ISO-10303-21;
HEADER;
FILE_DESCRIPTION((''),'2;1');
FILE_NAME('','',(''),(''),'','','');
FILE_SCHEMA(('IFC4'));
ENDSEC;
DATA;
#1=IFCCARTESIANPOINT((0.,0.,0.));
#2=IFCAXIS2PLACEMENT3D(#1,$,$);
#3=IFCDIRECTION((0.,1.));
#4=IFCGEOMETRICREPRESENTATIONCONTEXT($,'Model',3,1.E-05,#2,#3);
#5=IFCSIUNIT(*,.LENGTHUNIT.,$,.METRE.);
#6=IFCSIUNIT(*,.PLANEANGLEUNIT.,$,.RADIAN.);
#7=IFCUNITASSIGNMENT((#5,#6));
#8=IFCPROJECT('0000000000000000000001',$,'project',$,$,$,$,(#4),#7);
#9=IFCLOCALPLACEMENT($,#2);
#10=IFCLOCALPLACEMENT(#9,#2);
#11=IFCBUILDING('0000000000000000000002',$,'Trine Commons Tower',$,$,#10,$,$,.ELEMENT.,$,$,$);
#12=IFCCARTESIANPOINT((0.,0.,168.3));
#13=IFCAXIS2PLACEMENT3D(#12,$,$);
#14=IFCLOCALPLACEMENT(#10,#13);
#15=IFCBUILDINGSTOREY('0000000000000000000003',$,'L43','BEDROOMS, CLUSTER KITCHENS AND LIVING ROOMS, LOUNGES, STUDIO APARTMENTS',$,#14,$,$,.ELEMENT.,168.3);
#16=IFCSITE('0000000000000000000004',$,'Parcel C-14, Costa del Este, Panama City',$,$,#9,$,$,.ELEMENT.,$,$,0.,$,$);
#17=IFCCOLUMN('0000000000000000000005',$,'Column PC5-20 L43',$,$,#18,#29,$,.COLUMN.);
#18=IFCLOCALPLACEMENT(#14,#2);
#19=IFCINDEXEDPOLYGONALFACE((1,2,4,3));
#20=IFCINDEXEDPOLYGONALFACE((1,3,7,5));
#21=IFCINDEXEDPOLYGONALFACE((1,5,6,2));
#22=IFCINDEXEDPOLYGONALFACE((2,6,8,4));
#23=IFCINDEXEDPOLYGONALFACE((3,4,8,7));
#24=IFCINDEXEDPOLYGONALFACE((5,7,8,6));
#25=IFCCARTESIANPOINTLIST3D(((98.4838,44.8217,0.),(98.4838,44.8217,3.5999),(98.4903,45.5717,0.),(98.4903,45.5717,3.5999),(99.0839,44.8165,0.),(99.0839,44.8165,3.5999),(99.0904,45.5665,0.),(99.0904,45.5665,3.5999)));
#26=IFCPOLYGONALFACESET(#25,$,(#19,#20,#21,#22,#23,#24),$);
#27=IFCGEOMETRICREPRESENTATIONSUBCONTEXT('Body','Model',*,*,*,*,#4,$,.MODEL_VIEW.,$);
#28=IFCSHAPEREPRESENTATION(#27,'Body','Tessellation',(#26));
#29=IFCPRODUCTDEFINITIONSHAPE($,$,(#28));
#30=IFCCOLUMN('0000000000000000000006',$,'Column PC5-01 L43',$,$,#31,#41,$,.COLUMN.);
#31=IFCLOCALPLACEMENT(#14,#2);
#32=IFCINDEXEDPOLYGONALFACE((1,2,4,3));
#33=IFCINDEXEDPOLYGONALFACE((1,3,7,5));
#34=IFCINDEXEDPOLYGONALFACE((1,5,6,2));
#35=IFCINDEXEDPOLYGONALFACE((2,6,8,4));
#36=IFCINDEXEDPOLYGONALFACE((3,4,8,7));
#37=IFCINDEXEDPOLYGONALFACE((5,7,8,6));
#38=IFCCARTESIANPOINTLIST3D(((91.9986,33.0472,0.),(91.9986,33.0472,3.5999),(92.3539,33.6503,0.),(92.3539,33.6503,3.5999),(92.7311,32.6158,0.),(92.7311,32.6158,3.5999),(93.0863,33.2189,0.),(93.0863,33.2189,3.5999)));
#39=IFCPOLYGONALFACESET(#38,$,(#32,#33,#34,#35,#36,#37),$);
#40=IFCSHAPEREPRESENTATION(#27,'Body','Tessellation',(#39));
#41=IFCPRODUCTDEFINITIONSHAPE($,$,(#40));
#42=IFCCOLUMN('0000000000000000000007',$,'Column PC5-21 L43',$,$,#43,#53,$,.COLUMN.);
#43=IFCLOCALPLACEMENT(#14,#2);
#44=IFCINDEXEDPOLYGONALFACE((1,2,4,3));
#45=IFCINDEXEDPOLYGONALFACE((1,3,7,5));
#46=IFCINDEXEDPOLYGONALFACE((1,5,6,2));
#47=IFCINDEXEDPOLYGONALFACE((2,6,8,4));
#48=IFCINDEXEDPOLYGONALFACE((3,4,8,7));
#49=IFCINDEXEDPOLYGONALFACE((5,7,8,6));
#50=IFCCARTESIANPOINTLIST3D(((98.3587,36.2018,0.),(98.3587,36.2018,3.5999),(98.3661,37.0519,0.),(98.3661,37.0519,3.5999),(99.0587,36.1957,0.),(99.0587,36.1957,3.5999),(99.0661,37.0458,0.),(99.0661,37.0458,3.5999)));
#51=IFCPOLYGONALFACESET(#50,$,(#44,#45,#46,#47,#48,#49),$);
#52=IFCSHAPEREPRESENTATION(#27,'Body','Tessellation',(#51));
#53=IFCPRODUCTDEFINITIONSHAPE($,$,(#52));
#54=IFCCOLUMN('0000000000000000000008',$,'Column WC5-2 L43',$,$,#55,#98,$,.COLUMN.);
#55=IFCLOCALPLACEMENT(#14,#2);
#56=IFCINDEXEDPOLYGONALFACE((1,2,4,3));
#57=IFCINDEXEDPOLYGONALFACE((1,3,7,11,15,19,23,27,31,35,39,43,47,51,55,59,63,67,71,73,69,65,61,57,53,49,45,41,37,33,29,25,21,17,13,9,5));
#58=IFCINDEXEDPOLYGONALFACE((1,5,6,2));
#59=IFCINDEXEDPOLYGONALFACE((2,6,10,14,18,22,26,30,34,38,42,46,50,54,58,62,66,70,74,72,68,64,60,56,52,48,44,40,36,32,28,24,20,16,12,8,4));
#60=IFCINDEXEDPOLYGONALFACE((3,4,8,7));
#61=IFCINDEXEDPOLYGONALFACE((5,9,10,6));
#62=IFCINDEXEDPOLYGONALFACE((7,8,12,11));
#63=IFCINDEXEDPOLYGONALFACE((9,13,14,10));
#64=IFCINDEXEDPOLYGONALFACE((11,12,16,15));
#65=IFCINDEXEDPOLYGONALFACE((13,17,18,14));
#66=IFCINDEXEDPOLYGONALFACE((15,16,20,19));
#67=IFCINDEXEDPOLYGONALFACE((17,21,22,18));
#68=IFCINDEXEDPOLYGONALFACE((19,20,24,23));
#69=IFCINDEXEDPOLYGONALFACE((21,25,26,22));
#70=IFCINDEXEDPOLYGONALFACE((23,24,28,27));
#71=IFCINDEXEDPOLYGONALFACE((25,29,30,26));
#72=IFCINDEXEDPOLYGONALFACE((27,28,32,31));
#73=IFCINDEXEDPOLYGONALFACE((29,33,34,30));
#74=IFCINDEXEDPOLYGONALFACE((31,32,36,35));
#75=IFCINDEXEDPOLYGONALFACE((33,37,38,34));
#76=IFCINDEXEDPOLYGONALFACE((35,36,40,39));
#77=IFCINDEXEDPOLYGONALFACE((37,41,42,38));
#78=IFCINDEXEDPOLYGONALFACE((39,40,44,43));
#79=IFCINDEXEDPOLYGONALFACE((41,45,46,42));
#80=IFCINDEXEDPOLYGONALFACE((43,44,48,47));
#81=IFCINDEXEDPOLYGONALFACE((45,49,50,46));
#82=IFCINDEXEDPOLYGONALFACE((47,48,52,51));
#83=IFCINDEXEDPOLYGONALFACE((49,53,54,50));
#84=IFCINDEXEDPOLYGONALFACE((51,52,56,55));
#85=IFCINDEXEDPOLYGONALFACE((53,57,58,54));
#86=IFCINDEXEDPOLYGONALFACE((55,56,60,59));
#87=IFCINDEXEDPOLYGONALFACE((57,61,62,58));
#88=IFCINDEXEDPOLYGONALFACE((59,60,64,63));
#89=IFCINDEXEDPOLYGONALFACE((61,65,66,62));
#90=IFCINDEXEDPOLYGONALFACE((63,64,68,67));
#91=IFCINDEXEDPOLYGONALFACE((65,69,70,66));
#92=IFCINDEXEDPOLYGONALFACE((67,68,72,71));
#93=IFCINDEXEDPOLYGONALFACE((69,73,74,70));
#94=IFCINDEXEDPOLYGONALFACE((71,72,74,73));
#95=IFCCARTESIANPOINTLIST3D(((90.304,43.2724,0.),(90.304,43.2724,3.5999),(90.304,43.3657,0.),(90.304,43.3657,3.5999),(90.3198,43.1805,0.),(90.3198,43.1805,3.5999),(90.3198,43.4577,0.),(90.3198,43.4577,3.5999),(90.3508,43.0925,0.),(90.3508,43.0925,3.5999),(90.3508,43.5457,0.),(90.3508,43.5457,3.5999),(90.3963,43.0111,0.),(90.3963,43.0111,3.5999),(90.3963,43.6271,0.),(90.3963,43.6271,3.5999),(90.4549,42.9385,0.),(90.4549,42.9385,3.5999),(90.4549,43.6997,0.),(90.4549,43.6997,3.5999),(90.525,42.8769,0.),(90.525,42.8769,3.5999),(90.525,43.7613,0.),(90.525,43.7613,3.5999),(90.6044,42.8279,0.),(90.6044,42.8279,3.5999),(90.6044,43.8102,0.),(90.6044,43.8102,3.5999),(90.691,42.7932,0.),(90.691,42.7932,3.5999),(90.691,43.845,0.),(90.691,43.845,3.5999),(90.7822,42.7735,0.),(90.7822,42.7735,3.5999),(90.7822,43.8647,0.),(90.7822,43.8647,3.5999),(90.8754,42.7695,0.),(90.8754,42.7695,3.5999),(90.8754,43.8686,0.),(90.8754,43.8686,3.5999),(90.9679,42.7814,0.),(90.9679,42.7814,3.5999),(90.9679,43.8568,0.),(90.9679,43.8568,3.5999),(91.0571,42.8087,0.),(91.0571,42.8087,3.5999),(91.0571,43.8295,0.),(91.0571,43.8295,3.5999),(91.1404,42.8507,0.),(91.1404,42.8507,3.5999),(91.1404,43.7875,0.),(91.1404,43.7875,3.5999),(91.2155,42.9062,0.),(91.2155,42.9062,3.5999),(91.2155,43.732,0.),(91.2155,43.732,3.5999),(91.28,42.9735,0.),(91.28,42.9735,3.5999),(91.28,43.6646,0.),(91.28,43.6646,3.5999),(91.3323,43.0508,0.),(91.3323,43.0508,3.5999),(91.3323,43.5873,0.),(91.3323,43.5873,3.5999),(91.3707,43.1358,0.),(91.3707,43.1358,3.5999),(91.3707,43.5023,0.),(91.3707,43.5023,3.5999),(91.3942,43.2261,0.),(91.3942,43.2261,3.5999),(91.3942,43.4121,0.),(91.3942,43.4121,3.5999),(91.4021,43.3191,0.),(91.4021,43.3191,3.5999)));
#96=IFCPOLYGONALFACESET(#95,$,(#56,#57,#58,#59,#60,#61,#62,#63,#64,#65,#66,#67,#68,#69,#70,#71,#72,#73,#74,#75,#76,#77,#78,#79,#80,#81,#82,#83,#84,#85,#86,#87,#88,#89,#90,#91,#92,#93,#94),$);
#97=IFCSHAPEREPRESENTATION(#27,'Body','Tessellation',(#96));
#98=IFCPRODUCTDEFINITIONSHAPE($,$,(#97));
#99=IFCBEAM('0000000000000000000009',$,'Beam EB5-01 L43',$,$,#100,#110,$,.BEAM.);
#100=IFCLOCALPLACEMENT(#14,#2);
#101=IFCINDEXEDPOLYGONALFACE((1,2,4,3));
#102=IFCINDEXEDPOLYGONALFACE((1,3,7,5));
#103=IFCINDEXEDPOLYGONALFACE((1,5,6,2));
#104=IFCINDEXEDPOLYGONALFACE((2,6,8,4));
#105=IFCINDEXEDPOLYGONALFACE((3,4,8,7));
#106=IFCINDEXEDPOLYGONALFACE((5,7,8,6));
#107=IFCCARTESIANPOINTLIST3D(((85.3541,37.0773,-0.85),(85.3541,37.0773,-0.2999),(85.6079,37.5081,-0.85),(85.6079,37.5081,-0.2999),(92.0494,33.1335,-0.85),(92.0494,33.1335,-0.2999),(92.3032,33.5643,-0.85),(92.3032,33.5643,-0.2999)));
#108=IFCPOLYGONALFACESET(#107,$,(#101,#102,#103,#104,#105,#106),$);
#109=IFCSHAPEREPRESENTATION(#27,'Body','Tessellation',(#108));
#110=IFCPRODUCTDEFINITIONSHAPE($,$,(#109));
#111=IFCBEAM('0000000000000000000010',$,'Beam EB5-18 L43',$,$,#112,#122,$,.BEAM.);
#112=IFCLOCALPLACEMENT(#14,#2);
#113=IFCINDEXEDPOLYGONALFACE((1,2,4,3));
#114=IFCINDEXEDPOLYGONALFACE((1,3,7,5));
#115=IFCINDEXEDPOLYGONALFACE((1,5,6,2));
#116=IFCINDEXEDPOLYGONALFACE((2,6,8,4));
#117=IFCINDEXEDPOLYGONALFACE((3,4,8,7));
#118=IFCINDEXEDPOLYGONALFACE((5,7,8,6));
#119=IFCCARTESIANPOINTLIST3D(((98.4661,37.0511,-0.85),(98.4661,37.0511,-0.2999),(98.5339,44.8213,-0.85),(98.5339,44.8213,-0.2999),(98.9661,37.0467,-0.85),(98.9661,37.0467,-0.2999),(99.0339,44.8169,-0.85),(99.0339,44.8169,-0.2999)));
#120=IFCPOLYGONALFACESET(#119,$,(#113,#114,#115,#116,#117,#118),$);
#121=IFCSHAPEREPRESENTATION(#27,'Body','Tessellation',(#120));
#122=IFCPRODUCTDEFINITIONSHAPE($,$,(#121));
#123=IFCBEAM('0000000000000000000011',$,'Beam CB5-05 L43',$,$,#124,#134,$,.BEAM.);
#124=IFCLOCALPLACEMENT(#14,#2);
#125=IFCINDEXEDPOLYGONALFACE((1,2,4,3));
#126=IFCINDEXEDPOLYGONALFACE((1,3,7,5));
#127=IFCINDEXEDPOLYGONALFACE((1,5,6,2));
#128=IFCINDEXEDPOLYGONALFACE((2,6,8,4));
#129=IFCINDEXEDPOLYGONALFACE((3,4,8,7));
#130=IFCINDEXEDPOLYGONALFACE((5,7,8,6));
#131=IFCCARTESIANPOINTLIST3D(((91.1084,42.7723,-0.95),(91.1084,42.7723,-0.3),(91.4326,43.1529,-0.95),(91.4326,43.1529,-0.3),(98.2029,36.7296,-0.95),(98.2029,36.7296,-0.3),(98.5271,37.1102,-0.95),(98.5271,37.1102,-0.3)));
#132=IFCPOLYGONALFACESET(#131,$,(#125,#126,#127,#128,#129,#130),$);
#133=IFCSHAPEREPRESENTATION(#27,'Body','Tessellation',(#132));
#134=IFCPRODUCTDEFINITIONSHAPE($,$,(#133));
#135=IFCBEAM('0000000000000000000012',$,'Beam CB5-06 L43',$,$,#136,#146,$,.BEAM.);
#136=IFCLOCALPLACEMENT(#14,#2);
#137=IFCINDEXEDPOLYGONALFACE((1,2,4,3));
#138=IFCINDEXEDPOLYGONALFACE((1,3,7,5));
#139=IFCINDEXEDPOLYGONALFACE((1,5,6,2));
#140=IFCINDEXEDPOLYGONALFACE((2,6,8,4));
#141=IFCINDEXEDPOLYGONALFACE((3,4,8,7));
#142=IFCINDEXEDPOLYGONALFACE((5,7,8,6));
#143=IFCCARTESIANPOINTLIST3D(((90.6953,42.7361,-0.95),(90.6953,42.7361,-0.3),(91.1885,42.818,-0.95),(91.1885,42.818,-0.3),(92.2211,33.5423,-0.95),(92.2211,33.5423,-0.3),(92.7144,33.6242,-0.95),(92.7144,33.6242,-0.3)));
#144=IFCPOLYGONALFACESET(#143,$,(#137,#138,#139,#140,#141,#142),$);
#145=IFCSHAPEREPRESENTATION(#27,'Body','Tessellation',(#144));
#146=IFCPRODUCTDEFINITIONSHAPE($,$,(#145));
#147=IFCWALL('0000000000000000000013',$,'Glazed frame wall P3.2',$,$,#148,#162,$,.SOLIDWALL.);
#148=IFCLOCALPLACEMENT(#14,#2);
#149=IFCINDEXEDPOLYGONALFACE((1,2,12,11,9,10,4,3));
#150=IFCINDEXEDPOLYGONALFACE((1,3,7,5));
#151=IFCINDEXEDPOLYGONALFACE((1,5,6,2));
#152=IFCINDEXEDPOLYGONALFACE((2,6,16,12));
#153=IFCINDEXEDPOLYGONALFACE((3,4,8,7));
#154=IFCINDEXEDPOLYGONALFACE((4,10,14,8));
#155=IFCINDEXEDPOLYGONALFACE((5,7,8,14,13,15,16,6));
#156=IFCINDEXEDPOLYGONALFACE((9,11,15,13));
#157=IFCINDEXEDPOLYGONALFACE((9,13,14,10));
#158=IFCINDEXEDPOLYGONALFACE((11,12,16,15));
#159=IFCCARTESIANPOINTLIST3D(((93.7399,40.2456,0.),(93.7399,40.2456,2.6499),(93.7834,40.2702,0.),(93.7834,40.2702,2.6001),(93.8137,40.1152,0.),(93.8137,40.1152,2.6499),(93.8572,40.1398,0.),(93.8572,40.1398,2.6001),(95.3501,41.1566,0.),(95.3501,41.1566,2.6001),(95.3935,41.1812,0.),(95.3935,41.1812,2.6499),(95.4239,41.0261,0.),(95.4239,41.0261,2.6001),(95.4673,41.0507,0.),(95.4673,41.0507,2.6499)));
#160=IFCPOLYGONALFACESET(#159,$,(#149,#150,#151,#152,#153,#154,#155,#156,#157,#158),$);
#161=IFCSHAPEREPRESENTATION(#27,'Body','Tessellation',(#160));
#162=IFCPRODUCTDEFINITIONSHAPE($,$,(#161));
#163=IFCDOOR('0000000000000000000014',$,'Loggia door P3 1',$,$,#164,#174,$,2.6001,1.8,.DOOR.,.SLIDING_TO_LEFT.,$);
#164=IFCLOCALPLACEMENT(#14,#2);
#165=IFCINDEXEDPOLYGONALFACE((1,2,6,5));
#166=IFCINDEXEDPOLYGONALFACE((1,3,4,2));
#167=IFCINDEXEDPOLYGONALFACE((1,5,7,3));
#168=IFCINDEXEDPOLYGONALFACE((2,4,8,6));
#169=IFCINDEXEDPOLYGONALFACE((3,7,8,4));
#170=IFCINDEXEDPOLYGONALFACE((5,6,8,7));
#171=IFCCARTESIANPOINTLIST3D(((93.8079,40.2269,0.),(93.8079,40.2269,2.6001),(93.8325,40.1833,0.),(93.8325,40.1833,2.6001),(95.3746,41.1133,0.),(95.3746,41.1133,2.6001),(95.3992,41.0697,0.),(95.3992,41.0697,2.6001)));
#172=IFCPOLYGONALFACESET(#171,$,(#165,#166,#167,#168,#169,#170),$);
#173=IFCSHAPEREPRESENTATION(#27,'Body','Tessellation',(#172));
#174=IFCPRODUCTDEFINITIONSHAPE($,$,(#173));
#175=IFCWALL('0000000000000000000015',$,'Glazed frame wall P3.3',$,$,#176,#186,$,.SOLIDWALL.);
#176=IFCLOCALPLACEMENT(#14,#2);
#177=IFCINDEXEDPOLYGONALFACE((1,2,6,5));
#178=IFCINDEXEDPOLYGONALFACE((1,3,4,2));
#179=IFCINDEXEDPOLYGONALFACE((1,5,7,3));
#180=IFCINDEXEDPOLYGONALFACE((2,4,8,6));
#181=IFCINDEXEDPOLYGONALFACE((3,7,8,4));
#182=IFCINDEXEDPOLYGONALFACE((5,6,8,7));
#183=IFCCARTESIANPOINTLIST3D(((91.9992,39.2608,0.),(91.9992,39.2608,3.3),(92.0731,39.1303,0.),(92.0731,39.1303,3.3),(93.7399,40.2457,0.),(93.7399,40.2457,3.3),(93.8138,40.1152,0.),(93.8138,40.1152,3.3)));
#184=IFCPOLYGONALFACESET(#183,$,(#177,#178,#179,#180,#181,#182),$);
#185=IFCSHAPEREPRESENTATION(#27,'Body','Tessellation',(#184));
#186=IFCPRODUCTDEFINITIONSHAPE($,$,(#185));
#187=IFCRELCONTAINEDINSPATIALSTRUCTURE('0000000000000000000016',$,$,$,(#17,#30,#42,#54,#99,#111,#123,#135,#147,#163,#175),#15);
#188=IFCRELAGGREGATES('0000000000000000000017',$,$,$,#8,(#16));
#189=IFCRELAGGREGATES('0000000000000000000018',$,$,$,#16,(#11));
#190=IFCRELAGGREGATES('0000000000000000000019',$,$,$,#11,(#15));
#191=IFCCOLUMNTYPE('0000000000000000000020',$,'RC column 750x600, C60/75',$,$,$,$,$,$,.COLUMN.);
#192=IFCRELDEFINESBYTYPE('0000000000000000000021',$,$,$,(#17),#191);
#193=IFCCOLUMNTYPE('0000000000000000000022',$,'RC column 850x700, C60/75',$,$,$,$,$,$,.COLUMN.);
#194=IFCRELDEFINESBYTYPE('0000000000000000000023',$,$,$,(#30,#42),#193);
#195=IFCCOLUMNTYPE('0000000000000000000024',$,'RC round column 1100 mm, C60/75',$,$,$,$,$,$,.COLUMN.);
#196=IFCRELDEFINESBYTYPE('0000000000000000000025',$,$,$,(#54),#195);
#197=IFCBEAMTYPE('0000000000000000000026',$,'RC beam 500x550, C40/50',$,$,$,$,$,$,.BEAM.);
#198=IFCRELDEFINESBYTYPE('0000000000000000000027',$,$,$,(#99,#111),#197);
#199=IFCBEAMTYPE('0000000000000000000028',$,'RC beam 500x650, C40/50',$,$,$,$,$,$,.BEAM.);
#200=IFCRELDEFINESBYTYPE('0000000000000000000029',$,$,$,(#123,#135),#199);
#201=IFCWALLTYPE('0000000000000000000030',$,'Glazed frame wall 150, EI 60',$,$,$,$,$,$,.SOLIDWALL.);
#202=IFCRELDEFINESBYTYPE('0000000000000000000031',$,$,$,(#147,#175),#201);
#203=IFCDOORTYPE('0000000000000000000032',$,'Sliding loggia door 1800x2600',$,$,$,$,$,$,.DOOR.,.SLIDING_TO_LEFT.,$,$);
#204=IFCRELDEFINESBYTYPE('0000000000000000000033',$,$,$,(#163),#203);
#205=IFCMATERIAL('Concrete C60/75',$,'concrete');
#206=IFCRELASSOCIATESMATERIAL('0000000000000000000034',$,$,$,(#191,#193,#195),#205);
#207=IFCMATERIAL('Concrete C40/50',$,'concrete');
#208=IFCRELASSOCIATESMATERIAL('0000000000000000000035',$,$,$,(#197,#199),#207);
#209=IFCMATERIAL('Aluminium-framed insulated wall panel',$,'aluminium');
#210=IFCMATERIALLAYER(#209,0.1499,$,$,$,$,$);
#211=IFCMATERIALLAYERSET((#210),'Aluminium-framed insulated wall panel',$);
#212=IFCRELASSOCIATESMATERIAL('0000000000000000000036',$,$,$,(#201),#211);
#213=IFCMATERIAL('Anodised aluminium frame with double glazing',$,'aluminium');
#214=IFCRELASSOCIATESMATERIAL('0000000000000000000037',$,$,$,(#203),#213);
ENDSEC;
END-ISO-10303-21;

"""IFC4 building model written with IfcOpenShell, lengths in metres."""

from ifc_helpers import new_model, si_unit, direction, frame, frame_2d, origin, origin_2d, place, context, subcontext, project, spatial, polyline, rectangle, circle, outline, extrude, material, layer, layer_set, material_profile, profile_set, type_object, element, fill, save


model = new_model("IFC4")

# Units and contexts
model_context = context("Model", 3, precision=1e-05, world=origin(), true_north=direction((0.0, 1.0)))
body_context = subcontext(model_context, "Body", "Model", "MODEL_VIEW")
ifc_project = project(units=[si_unit("LENGTHUNIT", "METRE"), si_unit("PLANEANGLEUNIT", "RADIAN")], contexts=[model_context])

# Site, building, storey
site_placement = place(None, origin())
site = spatial("IfcSite", under=ifc_project, at=site_placement, Name="Parcel C-14, Costa del Este, Panama City", CompositionType="ELEMENT", RefElevation=0.0)
building_placement = place(site_placement, origin())
building = spatial("IfcBuilding", under=site, at=building_placement, Name="Trine Commons Tower", CompositionType="ELEMENT")
storey_placement = place(building_placement, frame((0.0, 0.0, 168.3)))
storey = spatial("IfcBuildingStorey", under=building, at=storey_placement, Name="L43", Description="BEDROOMS, CLUSTER KITCHENS AND LIVING ROOMS, LOUNGES, STUDIO APARTMENTS", CompositionType="ELEMENT", Elevation=168.3)

# Columns
ifc_material_1 = material(Name="Concrete C60/75", Category="concrete")
ifc_material_profile_1 = material_profile(ifc_material_1, rectangle(XDim=0.75, YDim=0.6001, at=origin_2d()), Name="RC 750x600")
ifc_profile_set_1 = profile_set([ifc_material_profile_1], Name="Concrete C60/75")
column_type_1 = type_object("IfcColumnType", Name="RC column 750x600, C60/75", PredefinedType="COLUMN", material=ifc_profile_set_1)
column_1_placement = place(storey_placement, frame((98.7871, 45.1941, 0.0), z_axis=(0.0, 0.0, 1.0), x_axis=(0.008727, 0.999962, 0.0)))
element("IfcColumn", 1, at=column_1_placement, inside=storey, type_object=column_type_1, Name="Column PC5-20 L43", PredefinedType="COLUMN", context=body_context, shape_type="SweptSolid", body=[
    extrude(rectangle(XDim=0.75, YDim=0.6001, at=origin_2d()), origin(), (0.0, 0.0, 1.0), 3.5999),
])
ifc_material_profile_2 = material_profile(ifc_material_1, rectangle(XDim=0.8501, YDim=0.7, at=origin_2d()), Name="RC 850x700")
ifc_profile_set_2 = profile_set([ifc_material_profile_2], Name="Concrete C60/75")
column_type_2 = type_object("IfcColumnType", Name="RC column 850x700, C60/75", PredefinedType="COLUMN", material=ifc_profile_set_2)
for number, where, z_axis, x_axis, name in (
    (2, (92.5425, 33.1331, 0.0), (0.0, 0.0, 1.0), (-0.861629, 0.507538, 0.0), "Column PC5-01 L43"),
    (3, (98.7124, 36.6238, 0.0), (0.0, 0.0, 1.0), (0.008727, 0.999962, 0.0), "Column PC5-21 L43"),
):
    element("IfcColumn", number, at=place(storey_placement, frame(where, z_axis=z_axis, x_axis=x_axis)), inside=storey, type_object=column_type_2, Name=name, PredefinedType="COLUMN", context=body_context, shape_type="SweptSolid", body=[
        extrude(rectangle(XDim=0.8501, YDim=0.7, at=origin_2d()), origin(), (0.0, 0.0, 1.0), 3.5999),
    ])
ifc_material_profile_3 = material_profile(ifc_material_1, circle(Radius=0.55, at=origin_2d()), Name="RC round 1100")
ifc_profile_set_3 = profile_set([ifc_material_profile_3], Name="Concrete C60/75")
column_type_3 = type_object("IfcColumnType", Name="RC round column 1100 mm, C60/75", PredefinedType="COLUMN", material=ifc_profile_set_3)
column_2_placement = place(storey_placement, frame((90.8521, 43.3191, 0.0), z_axis=(0.0, 0.0, 1.0), x_axis=(1.0, 0.0, 0.0)))
element("IfcColumn", 4, at=column_2_placement, inside=storey, type_object=column_type_3, Name="Column WC5-2 L43", PredefinedType="COLUMN", context=body_context, shape_type="SweptSolid", body=[
    extrude(circle(Radius=0.55, at=origin_2d()), origin(), (0.0, 0.0, 1.0), 3.5999),
])

# Beams
ifc_material_2 = material(Name="Concrete C40/50", Category="concrete")
ifc_material_profile_4 = material_profile(ifc_material_2, rectangle(XDim=0.5, YDim=0.55, at=origin_2d()), Name="RC 500x550")
ifc_profile_set_4 = profile_set([ifc_material_profile_4], Name="Concrete C40/50")
beam_type_1 = type_object("IfcBeamType", Name="RC beam 500x550, C40/50", PredefinedType="BEAM", material=ifc_profile_set_4)
for number, where, z_axis, x_axis, name in (
    (5, (92.1763, 33.3489, -0.575), (-0.861629, 0.507539, 0.0), (-0.507539, -0.861629, 0.0), "Beam EB5-01 L43"),
    (6, (98.7839, 44.8191, -0.575), (-0.008734, -0.999962, 0.0), (0.999962, -0.008734, 0.0), "Beam EB5-18 L43"),
):
    element("IfcBeam", number, at=place(storey_placement, frame(where, z_axis=z_axis, x_axis=x_axis)), inside=storey, type_object=beam_type_1, Name=name, PredefinedType="BEAM", context=body_context, shape_type="SweptSolid", body=[
        extrude(rectangle(XDim=0.5, YDim=0.55, at=origin_2d()), origin(), (0.0, 0.0, 1.0), 7.7705),
    ])
ifc_material_profile_5 = material_profile(ifc_material_2, rectangle(XDim=0.5, YDim=0.6499, at=origin_2d()), Name="RC 500x650")
ifc_profile_set_5 = profile_set([ifc_material_profile_5], Name="Concrete C40/50")
beam_type_2 = type_object("IfcBeamType", Name="RC beam 500x650, C40/50", PredefinedType="BEAM", material=ifc_profile_set_5)
beam_1_placement = place(storey_placement, frame((98.365, 36.9199, -0.625), z_axis=(-0.761282, 0.648421, 0.0), x_axis=(-0.648421, -0.761282, 0.0)))
element("IfcBeam", 7, at=beam_1_placement, inside=storey, type_object=beam_type_2, Name="Beam CB5-05 L43", PredefinedType="BEAM", context=body_context, shape_type="SweptSolid", body=[
    extrude(rectangle(XDim=0.5, YDim=0.6499, at=origin_2d()), origin(), (0.0, 0.0, 1.0), 9.3191),
])
beam_2_placement = place(storey_placement, frame((92.4678, 33.5833, -0.625), z_axis=(-0.163728, 0.986506, 0.0), x_axis=(-0.986506, -0.163728, 0.0)))
element("IfcBeam", 8, at=beam_2_placement, inside=storey, type_object=beam_type_2, Name="Beam CB5-06 L43", PredefinedType="BEAM", context=body_context, shape_type="SweptSolid", body=[
    extrude(rectangle(XDim=0.5, YDim=0.6499, at=origin_2d()), origin(), (0.0, 0.0, 1.0), 9.3196),
])

# Shared definitions
ifc_material_3 = material(Name="Aluminium-framed insulated wall panel", Category="aluminium")
ifc_layer_1 = layer(ifc_material_3, 0.1499)
ifc_layer_set_1 = layer_set([ifc_layer_1], Name="Aluminium-framed insulated wall panel")
wall_type_1 = type_object("IfcWallType", Name="Glazed frame wall 150, EI 60", PredefinedType="SOLIDWALL", material=ifc_layer_set_1)

# Wall, opening, door
wall_1_placement = place(storey_placement, frame((95.4304, 41.116, 0.0), z_axis=(0.0, 0.0, 1.0), x_axis=(-0.870355, -0.492426, 0.0)))
wall_1 = element("IfcWall", 9, at=wall_1_placement, inside=storey, type_object=wall_type_1, Name="Glazed frame wall P3.2", PredefinedType="SOLIDWALL", context=body_context, shape_type="SweptSolid", body=[
    extrude(outline(polyline([(0.0, -0.075), (1.8999, -0.075), (1.8999, 0.075), (0.0, 0.075), (0.0, -0.075)])), origin(), (0.0, 0.0, 1.0), 2.6499),
])
opening_1_placement = place(wall_1_placement, frame((0.05, 0.0, 0.0)))
opening_1 = element("IfcOpeningElement", 10, at=opening_1_placement, cuts=wall_1, PredefinedType="OPENING", context=body_context, shape_type="SweptSolid", body=[
    extrude(rectangle(XDim=1.8, YDim=2.6001, at=frame_2d((0.8999, 1.3))), frame((0.0, 0.085, 0.0), z_axis=(0.0, -1.0, 0.0), x_axis=(1.0, 0.0, 0.0)), (0.0, 0.0, 1.0), 0.1699),
])
ifc_material_4 = material(Name="Anodised aluminium frame with double glazing", Category="aluminium")
door_type_1 = type_object("IfcDoorType", Name="Sliding loggia door 1800x2600", OperationType="SLIDING_TO_LEFT", PredefinedType="DOOR", material=ifc_material_4)
door_1_placement = place(opening_1_placement, origin())
door_1 = element("IfcDoor", 11, at=door_1_placement, inside=storey, type_object=door_type_1, Name="Loggia door P3 1", OperationType="SLIDING_TO_LEFT", OverallHeight=2.6001, OverallWidth=1.8, PredefinedType="DOOR", context=body_context, shape_type="SweptSolid", body=[
    extrude(rectangle(XDim=1.8, YDim=2.6001, at=frame_2d((0.8999, 1.3))), frame((0.0, 0.0249, 0.0), z_axis=(0.0, -1.0, 0.0), x_axis=(1.0, 0.0, 0.0)), (0.0, 0.0, 1.0), 0.05),
])
fill(opening_1, door_1)

# Wall
wall_2_placement = place(storey_placement, frame((93.7769, 40.1804, 0.0), z_axis=(0.0, 0.0, 1.0), x_axis=(-0.870354, -0.492427, 0.0)))
element("IfcWall", 12, at=wall_2_placement, inside=storey, type_object=wall_type_1, Name="Glazed frame wall P3.3", PredefinedType="SOLIDWALL", context=body_context, shape_type="SweptSolid", body=[
    extrude(outline(polyline([(0.0, -0.075), (2.0, -0.075), (2.0, 0.075), (0.0, 0.075), (0.0, -0.075)])), origin(), (0.0, 0.0, 1.0), 3.3),
])

save(model, "model.ifc")
